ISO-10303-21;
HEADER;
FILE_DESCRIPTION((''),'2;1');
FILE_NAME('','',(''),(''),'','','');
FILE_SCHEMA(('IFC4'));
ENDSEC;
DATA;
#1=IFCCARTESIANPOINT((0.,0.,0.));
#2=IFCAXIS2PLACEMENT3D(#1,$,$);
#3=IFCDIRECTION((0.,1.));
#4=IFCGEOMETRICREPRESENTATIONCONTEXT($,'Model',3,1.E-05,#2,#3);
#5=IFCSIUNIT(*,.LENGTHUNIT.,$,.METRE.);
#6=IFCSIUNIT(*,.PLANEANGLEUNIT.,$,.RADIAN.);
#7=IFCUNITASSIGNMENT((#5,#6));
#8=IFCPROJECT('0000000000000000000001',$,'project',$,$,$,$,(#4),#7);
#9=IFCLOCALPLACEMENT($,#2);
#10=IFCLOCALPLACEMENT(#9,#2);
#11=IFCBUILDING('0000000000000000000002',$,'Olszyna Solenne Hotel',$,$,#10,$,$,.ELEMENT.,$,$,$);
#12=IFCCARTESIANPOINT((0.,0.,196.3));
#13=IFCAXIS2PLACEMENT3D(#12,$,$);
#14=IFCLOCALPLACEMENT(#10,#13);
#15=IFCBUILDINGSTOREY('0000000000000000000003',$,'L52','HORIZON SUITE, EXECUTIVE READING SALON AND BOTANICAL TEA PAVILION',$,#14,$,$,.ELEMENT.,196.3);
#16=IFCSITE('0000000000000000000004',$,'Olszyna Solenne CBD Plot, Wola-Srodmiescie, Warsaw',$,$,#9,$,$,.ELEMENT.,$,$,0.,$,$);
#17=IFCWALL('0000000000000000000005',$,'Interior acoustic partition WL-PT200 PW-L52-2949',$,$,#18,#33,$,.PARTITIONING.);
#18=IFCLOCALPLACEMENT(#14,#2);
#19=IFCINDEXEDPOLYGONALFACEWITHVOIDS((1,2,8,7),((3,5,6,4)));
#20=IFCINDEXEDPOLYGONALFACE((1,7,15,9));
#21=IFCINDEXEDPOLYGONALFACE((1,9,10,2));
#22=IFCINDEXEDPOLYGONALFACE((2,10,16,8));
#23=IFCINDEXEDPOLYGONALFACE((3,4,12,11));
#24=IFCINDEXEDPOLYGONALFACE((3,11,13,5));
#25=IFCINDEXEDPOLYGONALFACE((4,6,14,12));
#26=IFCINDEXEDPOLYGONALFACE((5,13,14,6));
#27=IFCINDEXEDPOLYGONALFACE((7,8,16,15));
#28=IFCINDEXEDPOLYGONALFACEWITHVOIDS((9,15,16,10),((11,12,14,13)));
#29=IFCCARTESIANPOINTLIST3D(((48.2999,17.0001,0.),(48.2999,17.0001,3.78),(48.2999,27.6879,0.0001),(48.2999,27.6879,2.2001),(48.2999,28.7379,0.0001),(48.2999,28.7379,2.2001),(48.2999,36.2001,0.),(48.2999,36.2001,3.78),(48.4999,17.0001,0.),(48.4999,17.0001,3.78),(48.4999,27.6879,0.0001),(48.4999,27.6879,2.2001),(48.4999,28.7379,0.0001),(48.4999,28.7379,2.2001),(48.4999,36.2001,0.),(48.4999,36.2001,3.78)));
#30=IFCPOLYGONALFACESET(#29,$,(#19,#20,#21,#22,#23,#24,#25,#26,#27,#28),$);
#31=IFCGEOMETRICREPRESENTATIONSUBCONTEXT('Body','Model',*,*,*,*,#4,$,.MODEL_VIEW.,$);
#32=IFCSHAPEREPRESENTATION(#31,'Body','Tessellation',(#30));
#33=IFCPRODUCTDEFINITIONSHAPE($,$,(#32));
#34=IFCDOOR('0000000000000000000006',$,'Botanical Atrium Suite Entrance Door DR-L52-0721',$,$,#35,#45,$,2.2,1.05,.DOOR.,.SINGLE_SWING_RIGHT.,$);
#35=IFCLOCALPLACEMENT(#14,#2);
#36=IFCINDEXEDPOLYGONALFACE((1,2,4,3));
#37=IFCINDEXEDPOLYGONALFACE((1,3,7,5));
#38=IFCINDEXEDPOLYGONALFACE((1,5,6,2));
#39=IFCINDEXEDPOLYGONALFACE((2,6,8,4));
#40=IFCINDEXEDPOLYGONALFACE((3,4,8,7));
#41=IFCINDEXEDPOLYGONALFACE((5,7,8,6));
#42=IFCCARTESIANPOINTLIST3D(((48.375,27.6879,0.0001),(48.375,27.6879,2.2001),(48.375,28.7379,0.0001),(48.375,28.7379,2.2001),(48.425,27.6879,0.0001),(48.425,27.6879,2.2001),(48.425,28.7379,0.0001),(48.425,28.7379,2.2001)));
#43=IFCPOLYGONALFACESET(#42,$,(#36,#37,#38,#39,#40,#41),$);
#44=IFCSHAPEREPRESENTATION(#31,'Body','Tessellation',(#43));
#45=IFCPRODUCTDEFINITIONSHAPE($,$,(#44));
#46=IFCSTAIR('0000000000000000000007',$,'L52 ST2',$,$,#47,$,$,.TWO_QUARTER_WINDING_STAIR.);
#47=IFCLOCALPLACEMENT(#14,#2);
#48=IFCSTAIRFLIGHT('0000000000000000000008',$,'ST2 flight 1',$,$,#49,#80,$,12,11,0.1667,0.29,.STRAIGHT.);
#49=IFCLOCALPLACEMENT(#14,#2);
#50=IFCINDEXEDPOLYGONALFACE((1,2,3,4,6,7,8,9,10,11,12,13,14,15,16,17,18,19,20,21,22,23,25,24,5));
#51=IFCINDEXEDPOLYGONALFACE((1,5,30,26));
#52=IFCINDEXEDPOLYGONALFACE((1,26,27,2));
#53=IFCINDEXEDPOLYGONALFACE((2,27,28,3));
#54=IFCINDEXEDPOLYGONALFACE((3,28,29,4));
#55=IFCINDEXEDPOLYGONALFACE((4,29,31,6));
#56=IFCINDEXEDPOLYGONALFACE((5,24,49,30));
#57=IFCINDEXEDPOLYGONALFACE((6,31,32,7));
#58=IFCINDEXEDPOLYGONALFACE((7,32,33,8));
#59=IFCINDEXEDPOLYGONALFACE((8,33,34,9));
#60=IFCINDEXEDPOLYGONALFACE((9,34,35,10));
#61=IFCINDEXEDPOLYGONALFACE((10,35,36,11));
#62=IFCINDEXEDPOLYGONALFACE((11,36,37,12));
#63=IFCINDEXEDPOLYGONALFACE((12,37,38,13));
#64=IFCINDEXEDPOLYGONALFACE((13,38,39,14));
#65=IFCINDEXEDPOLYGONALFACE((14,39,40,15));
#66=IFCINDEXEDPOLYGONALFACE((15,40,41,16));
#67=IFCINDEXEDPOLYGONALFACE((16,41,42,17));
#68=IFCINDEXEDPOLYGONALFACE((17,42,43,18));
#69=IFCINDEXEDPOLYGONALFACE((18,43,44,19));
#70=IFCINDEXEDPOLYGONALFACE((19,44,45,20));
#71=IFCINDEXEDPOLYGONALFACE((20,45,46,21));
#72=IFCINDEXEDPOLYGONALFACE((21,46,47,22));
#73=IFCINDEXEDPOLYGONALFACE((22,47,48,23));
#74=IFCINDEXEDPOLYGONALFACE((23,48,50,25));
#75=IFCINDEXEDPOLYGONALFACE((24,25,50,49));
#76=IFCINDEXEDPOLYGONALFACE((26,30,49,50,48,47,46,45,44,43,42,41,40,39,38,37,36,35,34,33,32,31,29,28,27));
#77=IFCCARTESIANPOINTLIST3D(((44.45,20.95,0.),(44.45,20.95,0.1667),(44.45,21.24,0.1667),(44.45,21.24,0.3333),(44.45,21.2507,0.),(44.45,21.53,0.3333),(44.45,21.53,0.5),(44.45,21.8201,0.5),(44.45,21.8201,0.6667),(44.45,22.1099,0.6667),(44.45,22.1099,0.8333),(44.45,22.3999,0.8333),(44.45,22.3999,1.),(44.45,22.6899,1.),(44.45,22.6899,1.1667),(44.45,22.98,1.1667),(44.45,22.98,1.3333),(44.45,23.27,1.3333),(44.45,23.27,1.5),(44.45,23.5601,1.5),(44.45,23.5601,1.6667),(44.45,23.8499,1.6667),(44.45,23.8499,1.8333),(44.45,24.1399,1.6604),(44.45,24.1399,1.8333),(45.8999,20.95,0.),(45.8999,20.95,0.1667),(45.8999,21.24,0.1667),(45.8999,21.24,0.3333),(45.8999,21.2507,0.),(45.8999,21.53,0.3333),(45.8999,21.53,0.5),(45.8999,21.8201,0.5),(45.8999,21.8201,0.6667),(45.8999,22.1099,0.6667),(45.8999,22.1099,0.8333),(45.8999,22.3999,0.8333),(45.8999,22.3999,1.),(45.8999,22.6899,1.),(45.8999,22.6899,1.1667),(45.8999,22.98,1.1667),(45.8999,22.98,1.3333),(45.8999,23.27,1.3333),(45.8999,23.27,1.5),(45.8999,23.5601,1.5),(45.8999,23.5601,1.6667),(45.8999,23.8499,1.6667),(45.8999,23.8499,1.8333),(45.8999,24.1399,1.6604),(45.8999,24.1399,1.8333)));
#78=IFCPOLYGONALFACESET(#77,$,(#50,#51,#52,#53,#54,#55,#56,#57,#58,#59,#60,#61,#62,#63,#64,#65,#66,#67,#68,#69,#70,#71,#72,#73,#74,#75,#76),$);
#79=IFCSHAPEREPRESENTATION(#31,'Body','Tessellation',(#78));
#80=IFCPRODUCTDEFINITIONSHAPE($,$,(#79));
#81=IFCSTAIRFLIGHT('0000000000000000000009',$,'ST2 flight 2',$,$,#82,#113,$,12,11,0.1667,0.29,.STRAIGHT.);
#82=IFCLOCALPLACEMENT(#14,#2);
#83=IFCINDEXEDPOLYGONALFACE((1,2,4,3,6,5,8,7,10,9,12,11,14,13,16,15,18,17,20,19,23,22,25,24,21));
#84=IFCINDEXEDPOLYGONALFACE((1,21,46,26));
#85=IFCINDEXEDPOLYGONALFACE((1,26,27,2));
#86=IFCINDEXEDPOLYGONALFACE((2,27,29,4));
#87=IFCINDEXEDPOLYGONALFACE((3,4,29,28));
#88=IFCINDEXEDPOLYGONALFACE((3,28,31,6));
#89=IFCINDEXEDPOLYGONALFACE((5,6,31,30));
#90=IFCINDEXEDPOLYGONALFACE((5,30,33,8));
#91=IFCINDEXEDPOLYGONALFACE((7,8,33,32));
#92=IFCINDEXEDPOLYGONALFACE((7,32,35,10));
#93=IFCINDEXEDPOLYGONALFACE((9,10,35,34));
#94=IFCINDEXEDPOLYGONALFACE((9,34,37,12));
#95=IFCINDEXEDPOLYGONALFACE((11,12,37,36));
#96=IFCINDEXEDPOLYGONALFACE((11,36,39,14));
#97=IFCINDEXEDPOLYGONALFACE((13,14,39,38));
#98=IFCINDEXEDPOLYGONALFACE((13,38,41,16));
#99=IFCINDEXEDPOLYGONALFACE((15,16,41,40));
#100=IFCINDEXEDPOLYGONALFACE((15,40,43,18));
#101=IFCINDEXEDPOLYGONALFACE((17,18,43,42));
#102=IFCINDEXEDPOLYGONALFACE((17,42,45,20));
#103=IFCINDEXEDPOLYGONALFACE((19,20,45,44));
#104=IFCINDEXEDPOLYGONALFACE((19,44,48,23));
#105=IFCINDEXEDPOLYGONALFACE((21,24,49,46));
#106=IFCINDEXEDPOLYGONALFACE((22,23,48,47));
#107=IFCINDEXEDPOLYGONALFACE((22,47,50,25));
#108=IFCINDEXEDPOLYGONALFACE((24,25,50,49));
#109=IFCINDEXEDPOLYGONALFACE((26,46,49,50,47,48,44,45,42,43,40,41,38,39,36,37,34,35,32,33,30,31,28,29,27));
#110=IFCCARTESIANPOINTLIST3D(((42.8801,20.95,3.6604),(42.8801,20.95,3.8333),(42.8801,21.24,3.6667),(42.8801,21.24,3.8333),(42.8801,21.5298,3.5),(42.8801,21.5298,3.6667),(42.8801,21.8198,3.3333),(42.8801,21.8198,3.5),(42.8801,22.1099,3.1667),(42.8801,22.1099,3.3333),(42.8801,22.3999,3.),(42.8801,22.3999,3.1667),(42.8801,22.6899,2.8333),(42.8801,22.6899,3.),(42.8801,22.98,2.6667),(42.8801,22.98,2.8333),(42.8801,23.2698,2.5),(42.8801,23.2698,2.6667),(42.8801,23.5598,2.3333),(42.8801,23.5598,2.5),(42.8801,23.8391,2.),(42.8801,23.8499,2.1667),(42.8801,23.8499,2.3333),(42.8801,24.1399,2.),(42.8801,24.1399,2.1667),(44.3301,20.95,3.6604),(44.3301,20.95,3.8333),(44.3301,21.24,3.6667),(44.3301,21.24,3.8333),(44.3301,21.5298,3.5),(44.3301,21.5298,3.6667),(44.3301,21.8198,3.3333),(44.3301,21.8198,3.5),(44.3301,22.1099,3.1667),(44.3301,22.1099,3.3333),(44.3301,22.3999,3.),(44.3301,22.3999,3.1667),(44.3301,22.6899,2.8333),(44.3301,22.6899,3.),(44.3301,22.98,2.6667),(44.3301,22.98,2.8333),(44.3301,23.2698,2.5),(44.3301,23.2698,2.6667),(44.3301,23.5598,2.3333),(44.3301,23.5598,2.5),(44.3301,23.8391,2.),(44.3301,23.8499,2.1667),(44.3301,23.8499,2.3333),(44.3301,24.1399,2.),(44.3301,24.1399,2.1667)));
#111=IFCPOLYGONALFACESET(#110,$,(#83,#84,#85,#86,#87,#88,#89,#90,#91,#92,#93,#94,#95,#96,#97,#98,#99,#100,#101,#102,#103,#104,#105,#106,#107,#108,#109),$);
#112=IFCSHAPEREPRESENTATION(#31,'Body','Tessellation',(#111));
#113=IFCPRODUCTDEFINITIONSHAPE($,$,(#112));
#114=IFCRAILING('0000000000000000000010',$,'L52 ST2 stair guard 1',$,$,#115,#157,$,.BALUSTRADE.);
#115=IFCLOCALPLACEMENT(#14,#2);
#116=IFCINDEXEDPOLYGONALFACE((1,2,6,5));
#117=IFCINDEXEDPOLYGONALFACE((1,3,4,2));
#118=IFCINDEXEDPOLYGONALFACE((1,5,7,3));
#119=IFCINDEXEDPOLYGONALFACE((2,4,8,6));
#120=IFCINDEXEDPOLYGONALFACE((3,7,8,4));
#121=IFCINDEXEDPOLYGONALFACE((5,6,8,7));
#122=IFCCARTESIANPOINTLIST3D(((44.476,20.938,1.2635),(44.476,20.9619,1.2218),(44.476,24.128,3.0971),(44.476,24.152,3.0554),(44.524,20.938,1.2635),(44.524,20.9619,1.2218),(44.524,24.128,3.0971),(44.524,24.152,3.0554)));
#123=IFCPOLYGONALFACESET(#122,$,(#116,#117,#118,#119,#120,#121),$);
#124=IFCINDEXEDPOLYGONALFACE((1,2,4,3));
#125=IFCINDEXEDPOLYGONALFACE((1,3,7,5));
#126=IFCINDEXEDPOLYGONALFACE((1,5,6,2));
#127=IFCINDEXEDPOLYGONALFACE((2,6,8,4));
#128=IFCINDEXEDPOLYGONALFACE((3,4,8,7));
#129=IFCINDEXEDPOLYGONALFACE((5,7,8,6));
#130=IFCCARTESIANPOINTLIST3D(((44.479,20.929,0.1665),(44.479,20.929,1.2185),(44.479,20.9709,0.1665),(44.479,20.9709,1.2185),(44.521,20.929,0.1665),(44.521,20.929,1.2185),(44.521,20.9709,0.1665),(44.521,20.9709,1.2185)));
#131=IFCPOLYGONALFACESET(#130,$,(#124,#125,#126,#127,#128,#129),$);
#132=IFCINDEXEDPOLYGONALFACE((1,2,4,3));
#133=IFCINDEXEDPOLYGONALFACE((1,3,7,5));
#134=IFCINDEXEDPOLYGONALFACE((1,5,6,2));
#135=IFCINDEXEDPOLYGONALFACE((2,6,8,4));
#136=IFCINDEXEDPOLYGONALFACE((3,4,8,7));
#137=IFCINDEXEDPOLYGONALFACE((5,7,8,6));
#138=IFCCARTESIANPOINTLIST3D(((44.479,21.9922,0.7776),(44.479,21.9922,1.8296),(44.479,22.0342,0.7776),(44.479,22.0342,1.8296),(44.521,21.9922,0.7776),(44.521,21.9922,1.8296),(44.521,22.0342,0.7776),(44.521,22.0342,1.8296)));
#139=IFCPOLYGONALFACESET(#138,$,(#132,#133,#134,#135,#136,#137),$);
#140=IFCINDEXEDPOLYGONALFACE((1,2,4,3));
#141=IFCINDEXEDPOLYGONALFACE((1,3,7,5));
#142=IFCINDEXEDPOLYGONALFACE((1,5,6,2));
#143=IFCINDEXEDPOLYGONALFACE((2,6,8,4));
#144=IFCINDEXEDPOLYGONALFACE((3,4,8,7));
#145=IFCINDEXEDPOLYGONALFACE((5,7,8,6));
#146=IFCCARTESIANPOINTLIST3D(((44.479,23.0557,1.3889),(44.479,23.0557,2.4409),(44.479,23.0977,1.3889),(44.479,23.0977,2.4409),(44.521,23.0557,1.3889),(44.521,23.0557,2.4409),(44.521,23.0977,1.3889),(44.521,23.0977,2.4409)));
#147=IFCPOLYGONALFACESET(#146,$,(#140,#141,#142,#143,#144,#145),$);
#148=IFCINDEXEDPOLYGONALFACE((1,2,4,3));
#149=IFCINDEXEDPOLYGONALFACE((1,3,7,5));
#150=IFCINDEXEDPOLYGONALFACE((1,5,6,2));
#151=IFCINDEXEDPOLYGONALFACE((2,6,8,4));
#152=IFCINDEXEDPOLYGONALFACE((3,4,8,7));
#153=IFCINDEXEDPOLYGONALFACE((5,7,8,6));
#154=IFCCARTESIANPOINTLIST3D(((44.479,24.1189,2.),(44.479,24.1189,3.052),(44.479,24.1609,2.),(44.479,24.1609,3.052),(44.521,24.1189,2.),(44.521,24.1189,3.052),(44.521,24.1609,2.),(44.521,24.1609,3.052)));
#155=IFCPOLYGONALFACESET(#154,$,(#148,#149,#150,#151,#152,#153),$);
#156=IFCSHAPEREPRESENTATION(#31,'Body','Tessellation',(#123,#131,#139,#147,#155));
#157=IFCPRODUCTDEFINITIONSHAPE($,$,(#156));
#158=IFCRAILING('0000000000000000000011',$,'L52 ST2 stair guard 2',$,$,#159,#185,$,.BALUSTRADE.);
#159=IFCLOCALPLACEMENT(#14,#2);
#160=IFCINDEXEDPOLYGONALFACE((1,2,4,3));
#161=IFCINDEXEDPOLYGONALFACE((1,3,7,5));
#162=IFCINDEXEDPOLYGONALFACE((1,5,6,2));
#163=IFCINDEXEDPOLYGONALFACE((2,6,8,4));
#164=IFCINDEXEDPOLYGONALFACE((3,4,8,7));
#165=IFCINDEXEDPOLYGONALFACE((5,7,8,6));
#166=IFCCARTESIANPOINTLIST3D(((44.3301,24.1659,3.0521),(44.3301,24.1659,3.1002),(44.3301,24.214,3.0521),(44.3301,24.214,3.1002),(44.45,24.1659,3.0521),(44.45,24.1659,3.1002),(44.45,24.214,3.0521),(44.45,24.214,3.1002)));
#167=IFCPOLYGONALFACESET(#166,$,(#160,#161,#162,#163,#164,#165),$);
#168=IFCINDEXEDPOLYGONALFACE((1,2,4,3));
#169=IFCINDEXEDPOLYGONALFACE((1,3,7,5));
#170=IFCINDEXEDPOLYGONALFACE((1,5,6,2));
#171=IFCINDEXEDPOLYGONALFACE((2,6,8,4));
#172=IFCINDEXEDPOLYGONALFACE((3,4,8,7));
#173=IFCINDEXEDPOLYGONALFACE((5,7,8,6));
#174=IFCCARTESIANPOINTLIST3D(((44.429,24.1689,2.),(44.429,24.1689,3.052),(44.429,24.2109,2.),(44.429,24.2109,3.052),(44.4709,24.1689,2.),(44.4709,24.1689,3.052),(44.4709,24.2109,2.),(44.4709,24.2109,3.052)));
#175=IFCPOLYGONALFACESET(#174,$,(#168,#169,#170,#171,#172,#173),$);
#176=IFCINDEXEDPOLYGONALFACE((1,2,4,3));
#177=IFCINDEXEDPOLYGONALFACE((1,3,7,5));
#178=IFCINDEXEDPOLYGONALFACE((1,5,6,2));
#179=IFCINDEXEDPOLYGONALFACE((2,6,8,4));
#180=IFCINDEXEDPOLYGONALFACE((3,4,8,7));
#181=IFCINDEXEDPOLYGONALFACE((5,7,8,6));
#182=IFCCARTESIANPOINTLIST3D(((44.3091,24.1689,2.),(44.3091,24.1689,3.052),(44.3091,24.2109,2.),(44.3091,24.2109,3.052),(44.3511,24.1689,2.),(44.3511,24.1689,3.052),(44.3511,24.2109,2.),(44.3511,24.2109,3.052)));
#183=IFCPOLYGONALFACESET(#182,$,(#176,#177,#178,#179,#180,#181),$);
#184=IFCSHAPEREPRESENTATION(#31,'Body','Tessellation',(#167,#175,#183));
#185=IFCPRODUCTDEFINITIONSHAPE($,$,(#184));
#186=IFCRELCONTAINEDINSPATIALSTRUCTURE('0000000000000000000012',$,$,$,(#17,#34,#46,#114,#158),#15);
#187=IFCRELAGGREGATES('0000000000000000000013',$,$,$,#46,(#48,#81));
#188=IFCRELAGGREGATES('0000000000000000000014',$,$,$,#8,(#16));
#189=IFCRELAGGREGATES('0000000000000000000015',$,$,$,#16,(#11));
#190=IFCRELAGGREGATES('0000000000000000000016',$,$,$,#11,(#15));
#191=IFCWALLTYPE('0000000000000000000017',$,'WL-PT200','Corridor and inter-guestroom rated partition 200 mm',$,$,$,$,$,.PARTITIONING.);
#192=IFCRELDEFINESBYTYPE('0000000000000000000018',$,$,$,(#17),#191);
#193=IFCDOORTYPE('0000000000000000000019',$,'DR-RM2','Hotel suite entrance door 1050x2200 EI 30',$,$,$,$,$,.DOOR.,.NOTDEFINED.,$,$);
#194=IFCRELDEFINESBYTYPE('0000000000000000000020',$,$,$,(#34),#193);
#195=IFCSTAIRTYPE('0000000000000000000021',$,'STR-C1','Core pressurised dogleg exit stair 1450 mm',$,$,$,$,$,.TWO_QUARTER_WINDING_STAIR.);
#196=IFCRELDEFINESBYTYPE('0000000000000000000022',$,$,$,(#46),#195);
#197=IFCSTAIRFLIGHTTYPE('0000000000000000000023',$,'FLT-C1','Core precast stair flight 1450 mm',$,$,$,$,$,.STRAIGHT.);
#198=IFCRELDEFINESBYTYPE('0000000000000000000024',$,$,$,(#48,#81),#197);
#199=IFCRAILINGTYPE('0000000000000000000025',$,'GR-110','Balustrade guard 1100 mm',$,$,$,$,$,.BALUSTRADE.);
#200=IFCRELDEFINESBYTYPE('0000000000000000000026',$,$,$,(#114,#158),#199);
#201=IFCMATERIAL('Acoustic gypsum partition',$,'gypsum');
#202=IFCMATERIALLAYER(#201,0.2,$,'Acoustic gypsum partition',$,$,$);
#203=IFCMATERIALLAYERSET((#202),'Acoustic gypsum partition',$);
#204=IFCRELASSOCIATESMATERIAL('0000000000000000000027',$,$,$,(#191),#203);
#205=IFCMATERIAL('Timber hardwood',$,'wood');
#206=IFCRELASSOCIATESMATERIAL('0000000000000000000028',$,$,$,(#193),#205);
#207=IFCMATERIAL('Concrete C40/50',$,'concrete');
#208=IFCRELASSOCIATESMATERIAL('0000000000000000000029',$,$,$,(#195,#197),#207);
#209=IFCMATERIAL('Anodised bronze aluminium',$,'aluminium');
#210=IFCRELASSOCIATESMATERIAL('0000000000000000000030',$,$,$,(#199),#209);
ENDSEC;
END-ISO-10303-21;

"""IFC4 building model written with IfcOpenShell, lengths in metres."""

from ifc_helpers import new_model, si_unit, direction, frame, frame_2d, origin, origin_2d, place, context, subcontext, project, spatial, polyline, rectangle, outline, extrude, source, transform, mapped, material, layer, layer_set, type_object, type_shapes, element, fill, aggregate, save


model = new_model("IFC4")

# Units and contexts
model_context = context("Model", 3, precision=1e-05, world=origin(), true_north=direction((0.0, 1.0)))
body_context = subcontext(model_context, "Body", "Model", "MODEL_VIEW")
ifc_project = project(units=[si_unit("LENGTHUNIT", "METRE"), si_unit("PLANEANGLEUNIT", "RADIAN")], contexts=[model_context])

# Site, building, storey
site_placement = place(None, origin())
site = spatial("IfcSite", under=ifc_project, at=site_placement, Name="Olszyna Solenne CBD Plot, Wola-Srodmiescie, Warsaw", CompositionType="ELEMENT", RefElevation=0.0)
building_placement = place(site_placement, origin())
building = spatial("IfcBuilding", under=site, at=building_placement, Name="Olszyna Solenne Hotel", CompositionType="ELEMENT")
storey_placement = place(building_placement, frame((0.0, 0.0, 196.3)))
storey = spatial("IfcBuildingStorey", under=building, at=storey_placement, Name="L52", Description="HORIZON SUITE, EXECUTIVE READING SALON AND BOTANICAL TEA PAVILION", CompositionType="ELEMENT", Elevation=196.3)

# Shared definitions
ifc_material_1 = material(Name="Anodised bronze aluminium", Category="aluminium")

# Shared definitions
ifc_material_2 = material(Name="Acoustic gypsum partition", Category="gypsum")

# Shared definitions
ifc_layer_1 = layer(ifc_material_2, 0.2, Name="Acoustic gypsum partition")
ifc_layer_set_1 = layer_set([ifc_layer_1], Name="Acoustic gypsum partition")
wall_type_1 = type_object("IfcWallType", Name="WL-PT200", Description="Corridor and inter-guestroom rated partition 200 mm", PredefinedType="PARTITIONING", material=ifc_layer_set_1)

# Wall, opening, door
wall_1_placement = place(storey_placement, frame((48.3999, 17.0, 0.0), z_axis=(0.0, 0.0, 1.0), x_axis=(0.0, 1.0, 0.0)))
wall_1 = element("IfcWall", 1, at=wall_1_placement, inside=storey, type_object=wall_type_1, Name="Interior acoustic partition WL-PT200 PW-L52-2949", PredefinedType="PARTITIONING", context=body_context, shape_type="SweptSolid", body=[
    extrude(rectangle(XDim=19.2, YDim=0.2, at=frame_2d((9.6001, 0.0))), origin(), (0.0, 0.0, 1.0), 3.78),
])
opening_1_placement = place(wall_1_placement, frame((10.688, 0.0, 0.0)))
opening_1 = element("IfcOpeningElement", 2, at=opening_1_placement, cuts=wall_1, PredefinedType="OPENING", context=body_context, shape_type="SweptSolid", body=[
    extrude(rectangle(XDim=1.05, YDim=2.2, at=frame_2d((0.5249, 1.1001))), frame((0.0, 0.1099, 0.0), z_axis=(0.0, -1.0, 0.0), x_axis=(1.0, 0.0, 0.0)), (0.0, 0.0, 1.0), 0.22),
])
ifc_material_3 = material(Name="Timber hardwood", Category="wood")
door_type_1 = type_object("IfcDoorType", Name="DR-RM2", Description="Hotel suite entrance door 1050x2200 EI 30", OperationType="NOTDEFINED", PredefinedType="DOOR", material=ifc_material_3)
shared_shape_1 = source(origin(), body_context, "Body", "SweptSolid", [
    extrude(rectangle(XDim=1.05, YDim=2.2, at=frame_2d((0.5249, 1.1001))), frame((0.0, 0.0249, 0.0), z_axis=(0.0, -1.0, 0.0), x_axis=(1.0, 0.0, 0.0)), (0.0, 0.0, 1.0), 0.05),
])
type_shapes(door_type_1, [shared_shape_1])
door_1_placement = place(opening_1_placement, origin())
door_1 = element("IfcDoor", 3, at=door_1_placement, inside=storey, type_object=door_type_1, Name="Botanical Atrium Suite Entrance Door DR-L52-0721", OperationType="SINGLE_SWING_RIGHT", OverallHeight=2.2, OverallWidth=1.05, PredefinedType="DOOR", context=body_context, shape_type="MappedRepresentation", body=[
    mapped(shared_shape_1, transform((0.0, 0.0, 0.0), x_axis=(1.0, 0.0, 0.0), y_axis=(0.0, 1.0, 0.0), z_axis=(0.0, 0.0, 1.0), scale=1.0)),
])
fill(opening_1, door_1)

# Stair, stair flights
ifc_material_4 = material(Name="Concrete C40/50", Category="concrete")
stair_type = type_object("IfcStairType", Name="STR-C1", Description="Core pressurised dogleg exit stair 1450 mm", PredefinedType="TWO_QUARTER_WINDING_STAIR", material=ifc_material_4)
stair_placement = place(storey_placement, origin())
stair = element("IfcStair", 4, at=stair_placement, inside=storey, type_object=stair_type, Name="L52 ST2", PredefinedType="TWO_QUARTER_WINDING_STAIR")
stair_flight_type = type_object("IfcStairFlightType", Name="FLT-C1", Description="Core precast stair flight 1450 mm", PredefinedType="STRAIGHT", material=ifc_material_4)
stair_flight_1_placement = place(storey_placement, frame((45.175, 20.95, 0.0), z_axis=(0.0, 0.0, 1.0), x_axis=(0.0, 1.0, 0.0)))
stair_flight_1 = element("IfcStairFlight", 5, at=stair_flight_1_placement, type_object=stair_flight_type, Name="ST2 flight 1", NumberOfRisers=12, NumberOfTreads=11, PredefinedType="STRAIGHT", RiserHeight=0.1667, TreadLength=0.29, context=body_context, shape_type="SweptSolid", body=[
    extrude(outline(polyline([(0.0, 0.0), (0.0, 0.1667), (0.29, 0.1667), (0.29, 0.3333), (0.5801, 0.3333), (0.5801, 0.5), (0.8701, 0.5), (0.8701, 0.6667), (1.1599, 0.6667), (1.1599, 0.8333), (1.45, 0.8333), (1.45, 1.0), (1.74, 1.0), (1.74, 1.1667), (2.03, 1.1667), (2.03, 1.3333), (2.3201, 1.3333), (2.3201, 1.5), (2.6101, 1.5), (2.6101, 1.6667), (2.8999, 1.6667), (2.8999, 1.8333), (3.1899, 1.8333), (3.1899, 2.0), (3.1899, 1.6604), (0.3008, 0.0), (0.0, 0.0)])), frame((0.0, 0.7251, 0.0), z_axis=(0.0, -1.0, 0.0), x_axis=(1.0, 0.0, 0.0)), (0.0, 0.0, 1.0), 1.45),
])
stair_flight_2_placement = place(storey_placement, frame((43.605, 24.1399, 2.0), z_axis=(0.0, 0.0, 1.0), x_axis=(0.0, -1.0, 0.0)))
stair_flight_2 = element("IfcStairFlight", 6, at=stair_flight_2_placement, type_object=stair_flight_type, Name="ST2 flight 2", NumberOfRisers=12, NumberOfTreads=11, PredefinedType="STRAIGHT", RiserHeight=0.1667, TreadLength=0.29, context=body_context, shape_type="SweptSolid", body=[
    extrude(outline(polyline([(0.0, 0.0), (0.0, 0.1667), (0.29, 0.1667), (0.29, 0.3333), (0.5801, 0.3333), (0.5801, 0.5), (0.8701, 0.5), (0.8701, 0.6667), (1.1599, 0.6667), (1.1599, 0.8333), (1.45, 0.8333), (1.45, 1.0), (1.74, 1.0), (1.74, 1.1667), (2.03, 1.1667), (2.03, 1.3333), (2.3201, 1.3333), (2.3201, 1.5), (2.6101, 1.5), (2.6101, 1.6667), (2.8999, 1.6667), (2.8999, 1.8333), (3.1899, 1.8333), (3.1899, 2.0), (3.1899, 1.6604), (0.3008, 0.0), (0.0, 0.0)])), frame((0.0, 0.7251, 0.0), z_axis=(0.0, -1.0, 0.0), x_axis=(1.0, 0.0, 0.0)), (0.0, 0.0, 1.0), 1.45),
])
aggregate(stair, [stair_flight_1, stair_flight_2])

# Railings
railing_type_1 = type_object("IfcRailingType", Name="GR-110", Description="Balustrade guard 1100 mm", PredefinedType="BALUSTRADE", material=ifc_material_1)
railing_1_placement = place(storey_placement, frame((44.5, 20.95, 0.1665)))
element("IfcRailing", 7, at=railing_1_placement, inside=storey, type_object=railing_type_1, Name="L52 ST2 stair guard 1", PredefinedType="BALUSTRADE", context=body_context, shape_type="SweptSolid", body=[
    extrude(rectangle(XDim=0.0481, YDim=0.0481, at=origin_2d()), frame((0.0, 0.0, 1.0762), z_axis=(0.0, 0.866991, 0.498324), x_axis=(-1.0, 0.0, 0.0)), (0.0, 0.0, 1.0), 3.6794),
    extrude(rectangle(XDim=0.042, YDim=0.042, at=origin_2d()), origin(), (0.0, 0.0, 1.0), 1.052),
    extrude(rectangle(XDim=0.042, YDim=0.042, at=origin_2d()), frame((0.0, 1.0632, 0.6111)), (0.0, 0.0, 1.0), 1.052),
    extrude(rectangle(XDim=0.042, YDim=0.042, at=origin_2d()), frame((0.0, 2.1267, 1.2224)), (0.0, 0.0, 1.0), 1.052),
    extrude(rectangle(XDim=0.042, YDim=0.042, at=origin_2d()), frame((0.0, 3.1899, 1.8335)), (0.0, 0.0, 1.0), 1.052),
])
railing_2_placement = place(storey_placement, frame((44.45, 24.1899, 2.0)))
element("IfcRailing", 8, at=railing_2_placement, inside=storey, type_object=railing_type_1, Name="L52 ST2 stair guard 2", PredefinedType="BALUSTRADE", context=body_context, shape_type="SweptSolid", body=[
    extrude(rectangle(XDim=0.0481, YDim=0.0481, at=origin_2d()), frame((0.0, 0.0, 1.0762), z_axis=(-1.0, 0.0, 0.0), x_axis=(0.0, -1.0, 0.0)), (0.0, 0.0, 1.0), 0.1199),
    extrude(rectangle(XDim=0.042, YDim=0.042, at=origin_2d()), origin(), (0.0, 0.0, 1.0), 1.052),
    extrude(rectangle(XDim=0.042, YDim=0.042, at=origin_2d()), frame((-0.1199, 0.0, 0.0)), (0.0, 0.0, 1.0), 1.052),
])

save(model, "model.ifc")
